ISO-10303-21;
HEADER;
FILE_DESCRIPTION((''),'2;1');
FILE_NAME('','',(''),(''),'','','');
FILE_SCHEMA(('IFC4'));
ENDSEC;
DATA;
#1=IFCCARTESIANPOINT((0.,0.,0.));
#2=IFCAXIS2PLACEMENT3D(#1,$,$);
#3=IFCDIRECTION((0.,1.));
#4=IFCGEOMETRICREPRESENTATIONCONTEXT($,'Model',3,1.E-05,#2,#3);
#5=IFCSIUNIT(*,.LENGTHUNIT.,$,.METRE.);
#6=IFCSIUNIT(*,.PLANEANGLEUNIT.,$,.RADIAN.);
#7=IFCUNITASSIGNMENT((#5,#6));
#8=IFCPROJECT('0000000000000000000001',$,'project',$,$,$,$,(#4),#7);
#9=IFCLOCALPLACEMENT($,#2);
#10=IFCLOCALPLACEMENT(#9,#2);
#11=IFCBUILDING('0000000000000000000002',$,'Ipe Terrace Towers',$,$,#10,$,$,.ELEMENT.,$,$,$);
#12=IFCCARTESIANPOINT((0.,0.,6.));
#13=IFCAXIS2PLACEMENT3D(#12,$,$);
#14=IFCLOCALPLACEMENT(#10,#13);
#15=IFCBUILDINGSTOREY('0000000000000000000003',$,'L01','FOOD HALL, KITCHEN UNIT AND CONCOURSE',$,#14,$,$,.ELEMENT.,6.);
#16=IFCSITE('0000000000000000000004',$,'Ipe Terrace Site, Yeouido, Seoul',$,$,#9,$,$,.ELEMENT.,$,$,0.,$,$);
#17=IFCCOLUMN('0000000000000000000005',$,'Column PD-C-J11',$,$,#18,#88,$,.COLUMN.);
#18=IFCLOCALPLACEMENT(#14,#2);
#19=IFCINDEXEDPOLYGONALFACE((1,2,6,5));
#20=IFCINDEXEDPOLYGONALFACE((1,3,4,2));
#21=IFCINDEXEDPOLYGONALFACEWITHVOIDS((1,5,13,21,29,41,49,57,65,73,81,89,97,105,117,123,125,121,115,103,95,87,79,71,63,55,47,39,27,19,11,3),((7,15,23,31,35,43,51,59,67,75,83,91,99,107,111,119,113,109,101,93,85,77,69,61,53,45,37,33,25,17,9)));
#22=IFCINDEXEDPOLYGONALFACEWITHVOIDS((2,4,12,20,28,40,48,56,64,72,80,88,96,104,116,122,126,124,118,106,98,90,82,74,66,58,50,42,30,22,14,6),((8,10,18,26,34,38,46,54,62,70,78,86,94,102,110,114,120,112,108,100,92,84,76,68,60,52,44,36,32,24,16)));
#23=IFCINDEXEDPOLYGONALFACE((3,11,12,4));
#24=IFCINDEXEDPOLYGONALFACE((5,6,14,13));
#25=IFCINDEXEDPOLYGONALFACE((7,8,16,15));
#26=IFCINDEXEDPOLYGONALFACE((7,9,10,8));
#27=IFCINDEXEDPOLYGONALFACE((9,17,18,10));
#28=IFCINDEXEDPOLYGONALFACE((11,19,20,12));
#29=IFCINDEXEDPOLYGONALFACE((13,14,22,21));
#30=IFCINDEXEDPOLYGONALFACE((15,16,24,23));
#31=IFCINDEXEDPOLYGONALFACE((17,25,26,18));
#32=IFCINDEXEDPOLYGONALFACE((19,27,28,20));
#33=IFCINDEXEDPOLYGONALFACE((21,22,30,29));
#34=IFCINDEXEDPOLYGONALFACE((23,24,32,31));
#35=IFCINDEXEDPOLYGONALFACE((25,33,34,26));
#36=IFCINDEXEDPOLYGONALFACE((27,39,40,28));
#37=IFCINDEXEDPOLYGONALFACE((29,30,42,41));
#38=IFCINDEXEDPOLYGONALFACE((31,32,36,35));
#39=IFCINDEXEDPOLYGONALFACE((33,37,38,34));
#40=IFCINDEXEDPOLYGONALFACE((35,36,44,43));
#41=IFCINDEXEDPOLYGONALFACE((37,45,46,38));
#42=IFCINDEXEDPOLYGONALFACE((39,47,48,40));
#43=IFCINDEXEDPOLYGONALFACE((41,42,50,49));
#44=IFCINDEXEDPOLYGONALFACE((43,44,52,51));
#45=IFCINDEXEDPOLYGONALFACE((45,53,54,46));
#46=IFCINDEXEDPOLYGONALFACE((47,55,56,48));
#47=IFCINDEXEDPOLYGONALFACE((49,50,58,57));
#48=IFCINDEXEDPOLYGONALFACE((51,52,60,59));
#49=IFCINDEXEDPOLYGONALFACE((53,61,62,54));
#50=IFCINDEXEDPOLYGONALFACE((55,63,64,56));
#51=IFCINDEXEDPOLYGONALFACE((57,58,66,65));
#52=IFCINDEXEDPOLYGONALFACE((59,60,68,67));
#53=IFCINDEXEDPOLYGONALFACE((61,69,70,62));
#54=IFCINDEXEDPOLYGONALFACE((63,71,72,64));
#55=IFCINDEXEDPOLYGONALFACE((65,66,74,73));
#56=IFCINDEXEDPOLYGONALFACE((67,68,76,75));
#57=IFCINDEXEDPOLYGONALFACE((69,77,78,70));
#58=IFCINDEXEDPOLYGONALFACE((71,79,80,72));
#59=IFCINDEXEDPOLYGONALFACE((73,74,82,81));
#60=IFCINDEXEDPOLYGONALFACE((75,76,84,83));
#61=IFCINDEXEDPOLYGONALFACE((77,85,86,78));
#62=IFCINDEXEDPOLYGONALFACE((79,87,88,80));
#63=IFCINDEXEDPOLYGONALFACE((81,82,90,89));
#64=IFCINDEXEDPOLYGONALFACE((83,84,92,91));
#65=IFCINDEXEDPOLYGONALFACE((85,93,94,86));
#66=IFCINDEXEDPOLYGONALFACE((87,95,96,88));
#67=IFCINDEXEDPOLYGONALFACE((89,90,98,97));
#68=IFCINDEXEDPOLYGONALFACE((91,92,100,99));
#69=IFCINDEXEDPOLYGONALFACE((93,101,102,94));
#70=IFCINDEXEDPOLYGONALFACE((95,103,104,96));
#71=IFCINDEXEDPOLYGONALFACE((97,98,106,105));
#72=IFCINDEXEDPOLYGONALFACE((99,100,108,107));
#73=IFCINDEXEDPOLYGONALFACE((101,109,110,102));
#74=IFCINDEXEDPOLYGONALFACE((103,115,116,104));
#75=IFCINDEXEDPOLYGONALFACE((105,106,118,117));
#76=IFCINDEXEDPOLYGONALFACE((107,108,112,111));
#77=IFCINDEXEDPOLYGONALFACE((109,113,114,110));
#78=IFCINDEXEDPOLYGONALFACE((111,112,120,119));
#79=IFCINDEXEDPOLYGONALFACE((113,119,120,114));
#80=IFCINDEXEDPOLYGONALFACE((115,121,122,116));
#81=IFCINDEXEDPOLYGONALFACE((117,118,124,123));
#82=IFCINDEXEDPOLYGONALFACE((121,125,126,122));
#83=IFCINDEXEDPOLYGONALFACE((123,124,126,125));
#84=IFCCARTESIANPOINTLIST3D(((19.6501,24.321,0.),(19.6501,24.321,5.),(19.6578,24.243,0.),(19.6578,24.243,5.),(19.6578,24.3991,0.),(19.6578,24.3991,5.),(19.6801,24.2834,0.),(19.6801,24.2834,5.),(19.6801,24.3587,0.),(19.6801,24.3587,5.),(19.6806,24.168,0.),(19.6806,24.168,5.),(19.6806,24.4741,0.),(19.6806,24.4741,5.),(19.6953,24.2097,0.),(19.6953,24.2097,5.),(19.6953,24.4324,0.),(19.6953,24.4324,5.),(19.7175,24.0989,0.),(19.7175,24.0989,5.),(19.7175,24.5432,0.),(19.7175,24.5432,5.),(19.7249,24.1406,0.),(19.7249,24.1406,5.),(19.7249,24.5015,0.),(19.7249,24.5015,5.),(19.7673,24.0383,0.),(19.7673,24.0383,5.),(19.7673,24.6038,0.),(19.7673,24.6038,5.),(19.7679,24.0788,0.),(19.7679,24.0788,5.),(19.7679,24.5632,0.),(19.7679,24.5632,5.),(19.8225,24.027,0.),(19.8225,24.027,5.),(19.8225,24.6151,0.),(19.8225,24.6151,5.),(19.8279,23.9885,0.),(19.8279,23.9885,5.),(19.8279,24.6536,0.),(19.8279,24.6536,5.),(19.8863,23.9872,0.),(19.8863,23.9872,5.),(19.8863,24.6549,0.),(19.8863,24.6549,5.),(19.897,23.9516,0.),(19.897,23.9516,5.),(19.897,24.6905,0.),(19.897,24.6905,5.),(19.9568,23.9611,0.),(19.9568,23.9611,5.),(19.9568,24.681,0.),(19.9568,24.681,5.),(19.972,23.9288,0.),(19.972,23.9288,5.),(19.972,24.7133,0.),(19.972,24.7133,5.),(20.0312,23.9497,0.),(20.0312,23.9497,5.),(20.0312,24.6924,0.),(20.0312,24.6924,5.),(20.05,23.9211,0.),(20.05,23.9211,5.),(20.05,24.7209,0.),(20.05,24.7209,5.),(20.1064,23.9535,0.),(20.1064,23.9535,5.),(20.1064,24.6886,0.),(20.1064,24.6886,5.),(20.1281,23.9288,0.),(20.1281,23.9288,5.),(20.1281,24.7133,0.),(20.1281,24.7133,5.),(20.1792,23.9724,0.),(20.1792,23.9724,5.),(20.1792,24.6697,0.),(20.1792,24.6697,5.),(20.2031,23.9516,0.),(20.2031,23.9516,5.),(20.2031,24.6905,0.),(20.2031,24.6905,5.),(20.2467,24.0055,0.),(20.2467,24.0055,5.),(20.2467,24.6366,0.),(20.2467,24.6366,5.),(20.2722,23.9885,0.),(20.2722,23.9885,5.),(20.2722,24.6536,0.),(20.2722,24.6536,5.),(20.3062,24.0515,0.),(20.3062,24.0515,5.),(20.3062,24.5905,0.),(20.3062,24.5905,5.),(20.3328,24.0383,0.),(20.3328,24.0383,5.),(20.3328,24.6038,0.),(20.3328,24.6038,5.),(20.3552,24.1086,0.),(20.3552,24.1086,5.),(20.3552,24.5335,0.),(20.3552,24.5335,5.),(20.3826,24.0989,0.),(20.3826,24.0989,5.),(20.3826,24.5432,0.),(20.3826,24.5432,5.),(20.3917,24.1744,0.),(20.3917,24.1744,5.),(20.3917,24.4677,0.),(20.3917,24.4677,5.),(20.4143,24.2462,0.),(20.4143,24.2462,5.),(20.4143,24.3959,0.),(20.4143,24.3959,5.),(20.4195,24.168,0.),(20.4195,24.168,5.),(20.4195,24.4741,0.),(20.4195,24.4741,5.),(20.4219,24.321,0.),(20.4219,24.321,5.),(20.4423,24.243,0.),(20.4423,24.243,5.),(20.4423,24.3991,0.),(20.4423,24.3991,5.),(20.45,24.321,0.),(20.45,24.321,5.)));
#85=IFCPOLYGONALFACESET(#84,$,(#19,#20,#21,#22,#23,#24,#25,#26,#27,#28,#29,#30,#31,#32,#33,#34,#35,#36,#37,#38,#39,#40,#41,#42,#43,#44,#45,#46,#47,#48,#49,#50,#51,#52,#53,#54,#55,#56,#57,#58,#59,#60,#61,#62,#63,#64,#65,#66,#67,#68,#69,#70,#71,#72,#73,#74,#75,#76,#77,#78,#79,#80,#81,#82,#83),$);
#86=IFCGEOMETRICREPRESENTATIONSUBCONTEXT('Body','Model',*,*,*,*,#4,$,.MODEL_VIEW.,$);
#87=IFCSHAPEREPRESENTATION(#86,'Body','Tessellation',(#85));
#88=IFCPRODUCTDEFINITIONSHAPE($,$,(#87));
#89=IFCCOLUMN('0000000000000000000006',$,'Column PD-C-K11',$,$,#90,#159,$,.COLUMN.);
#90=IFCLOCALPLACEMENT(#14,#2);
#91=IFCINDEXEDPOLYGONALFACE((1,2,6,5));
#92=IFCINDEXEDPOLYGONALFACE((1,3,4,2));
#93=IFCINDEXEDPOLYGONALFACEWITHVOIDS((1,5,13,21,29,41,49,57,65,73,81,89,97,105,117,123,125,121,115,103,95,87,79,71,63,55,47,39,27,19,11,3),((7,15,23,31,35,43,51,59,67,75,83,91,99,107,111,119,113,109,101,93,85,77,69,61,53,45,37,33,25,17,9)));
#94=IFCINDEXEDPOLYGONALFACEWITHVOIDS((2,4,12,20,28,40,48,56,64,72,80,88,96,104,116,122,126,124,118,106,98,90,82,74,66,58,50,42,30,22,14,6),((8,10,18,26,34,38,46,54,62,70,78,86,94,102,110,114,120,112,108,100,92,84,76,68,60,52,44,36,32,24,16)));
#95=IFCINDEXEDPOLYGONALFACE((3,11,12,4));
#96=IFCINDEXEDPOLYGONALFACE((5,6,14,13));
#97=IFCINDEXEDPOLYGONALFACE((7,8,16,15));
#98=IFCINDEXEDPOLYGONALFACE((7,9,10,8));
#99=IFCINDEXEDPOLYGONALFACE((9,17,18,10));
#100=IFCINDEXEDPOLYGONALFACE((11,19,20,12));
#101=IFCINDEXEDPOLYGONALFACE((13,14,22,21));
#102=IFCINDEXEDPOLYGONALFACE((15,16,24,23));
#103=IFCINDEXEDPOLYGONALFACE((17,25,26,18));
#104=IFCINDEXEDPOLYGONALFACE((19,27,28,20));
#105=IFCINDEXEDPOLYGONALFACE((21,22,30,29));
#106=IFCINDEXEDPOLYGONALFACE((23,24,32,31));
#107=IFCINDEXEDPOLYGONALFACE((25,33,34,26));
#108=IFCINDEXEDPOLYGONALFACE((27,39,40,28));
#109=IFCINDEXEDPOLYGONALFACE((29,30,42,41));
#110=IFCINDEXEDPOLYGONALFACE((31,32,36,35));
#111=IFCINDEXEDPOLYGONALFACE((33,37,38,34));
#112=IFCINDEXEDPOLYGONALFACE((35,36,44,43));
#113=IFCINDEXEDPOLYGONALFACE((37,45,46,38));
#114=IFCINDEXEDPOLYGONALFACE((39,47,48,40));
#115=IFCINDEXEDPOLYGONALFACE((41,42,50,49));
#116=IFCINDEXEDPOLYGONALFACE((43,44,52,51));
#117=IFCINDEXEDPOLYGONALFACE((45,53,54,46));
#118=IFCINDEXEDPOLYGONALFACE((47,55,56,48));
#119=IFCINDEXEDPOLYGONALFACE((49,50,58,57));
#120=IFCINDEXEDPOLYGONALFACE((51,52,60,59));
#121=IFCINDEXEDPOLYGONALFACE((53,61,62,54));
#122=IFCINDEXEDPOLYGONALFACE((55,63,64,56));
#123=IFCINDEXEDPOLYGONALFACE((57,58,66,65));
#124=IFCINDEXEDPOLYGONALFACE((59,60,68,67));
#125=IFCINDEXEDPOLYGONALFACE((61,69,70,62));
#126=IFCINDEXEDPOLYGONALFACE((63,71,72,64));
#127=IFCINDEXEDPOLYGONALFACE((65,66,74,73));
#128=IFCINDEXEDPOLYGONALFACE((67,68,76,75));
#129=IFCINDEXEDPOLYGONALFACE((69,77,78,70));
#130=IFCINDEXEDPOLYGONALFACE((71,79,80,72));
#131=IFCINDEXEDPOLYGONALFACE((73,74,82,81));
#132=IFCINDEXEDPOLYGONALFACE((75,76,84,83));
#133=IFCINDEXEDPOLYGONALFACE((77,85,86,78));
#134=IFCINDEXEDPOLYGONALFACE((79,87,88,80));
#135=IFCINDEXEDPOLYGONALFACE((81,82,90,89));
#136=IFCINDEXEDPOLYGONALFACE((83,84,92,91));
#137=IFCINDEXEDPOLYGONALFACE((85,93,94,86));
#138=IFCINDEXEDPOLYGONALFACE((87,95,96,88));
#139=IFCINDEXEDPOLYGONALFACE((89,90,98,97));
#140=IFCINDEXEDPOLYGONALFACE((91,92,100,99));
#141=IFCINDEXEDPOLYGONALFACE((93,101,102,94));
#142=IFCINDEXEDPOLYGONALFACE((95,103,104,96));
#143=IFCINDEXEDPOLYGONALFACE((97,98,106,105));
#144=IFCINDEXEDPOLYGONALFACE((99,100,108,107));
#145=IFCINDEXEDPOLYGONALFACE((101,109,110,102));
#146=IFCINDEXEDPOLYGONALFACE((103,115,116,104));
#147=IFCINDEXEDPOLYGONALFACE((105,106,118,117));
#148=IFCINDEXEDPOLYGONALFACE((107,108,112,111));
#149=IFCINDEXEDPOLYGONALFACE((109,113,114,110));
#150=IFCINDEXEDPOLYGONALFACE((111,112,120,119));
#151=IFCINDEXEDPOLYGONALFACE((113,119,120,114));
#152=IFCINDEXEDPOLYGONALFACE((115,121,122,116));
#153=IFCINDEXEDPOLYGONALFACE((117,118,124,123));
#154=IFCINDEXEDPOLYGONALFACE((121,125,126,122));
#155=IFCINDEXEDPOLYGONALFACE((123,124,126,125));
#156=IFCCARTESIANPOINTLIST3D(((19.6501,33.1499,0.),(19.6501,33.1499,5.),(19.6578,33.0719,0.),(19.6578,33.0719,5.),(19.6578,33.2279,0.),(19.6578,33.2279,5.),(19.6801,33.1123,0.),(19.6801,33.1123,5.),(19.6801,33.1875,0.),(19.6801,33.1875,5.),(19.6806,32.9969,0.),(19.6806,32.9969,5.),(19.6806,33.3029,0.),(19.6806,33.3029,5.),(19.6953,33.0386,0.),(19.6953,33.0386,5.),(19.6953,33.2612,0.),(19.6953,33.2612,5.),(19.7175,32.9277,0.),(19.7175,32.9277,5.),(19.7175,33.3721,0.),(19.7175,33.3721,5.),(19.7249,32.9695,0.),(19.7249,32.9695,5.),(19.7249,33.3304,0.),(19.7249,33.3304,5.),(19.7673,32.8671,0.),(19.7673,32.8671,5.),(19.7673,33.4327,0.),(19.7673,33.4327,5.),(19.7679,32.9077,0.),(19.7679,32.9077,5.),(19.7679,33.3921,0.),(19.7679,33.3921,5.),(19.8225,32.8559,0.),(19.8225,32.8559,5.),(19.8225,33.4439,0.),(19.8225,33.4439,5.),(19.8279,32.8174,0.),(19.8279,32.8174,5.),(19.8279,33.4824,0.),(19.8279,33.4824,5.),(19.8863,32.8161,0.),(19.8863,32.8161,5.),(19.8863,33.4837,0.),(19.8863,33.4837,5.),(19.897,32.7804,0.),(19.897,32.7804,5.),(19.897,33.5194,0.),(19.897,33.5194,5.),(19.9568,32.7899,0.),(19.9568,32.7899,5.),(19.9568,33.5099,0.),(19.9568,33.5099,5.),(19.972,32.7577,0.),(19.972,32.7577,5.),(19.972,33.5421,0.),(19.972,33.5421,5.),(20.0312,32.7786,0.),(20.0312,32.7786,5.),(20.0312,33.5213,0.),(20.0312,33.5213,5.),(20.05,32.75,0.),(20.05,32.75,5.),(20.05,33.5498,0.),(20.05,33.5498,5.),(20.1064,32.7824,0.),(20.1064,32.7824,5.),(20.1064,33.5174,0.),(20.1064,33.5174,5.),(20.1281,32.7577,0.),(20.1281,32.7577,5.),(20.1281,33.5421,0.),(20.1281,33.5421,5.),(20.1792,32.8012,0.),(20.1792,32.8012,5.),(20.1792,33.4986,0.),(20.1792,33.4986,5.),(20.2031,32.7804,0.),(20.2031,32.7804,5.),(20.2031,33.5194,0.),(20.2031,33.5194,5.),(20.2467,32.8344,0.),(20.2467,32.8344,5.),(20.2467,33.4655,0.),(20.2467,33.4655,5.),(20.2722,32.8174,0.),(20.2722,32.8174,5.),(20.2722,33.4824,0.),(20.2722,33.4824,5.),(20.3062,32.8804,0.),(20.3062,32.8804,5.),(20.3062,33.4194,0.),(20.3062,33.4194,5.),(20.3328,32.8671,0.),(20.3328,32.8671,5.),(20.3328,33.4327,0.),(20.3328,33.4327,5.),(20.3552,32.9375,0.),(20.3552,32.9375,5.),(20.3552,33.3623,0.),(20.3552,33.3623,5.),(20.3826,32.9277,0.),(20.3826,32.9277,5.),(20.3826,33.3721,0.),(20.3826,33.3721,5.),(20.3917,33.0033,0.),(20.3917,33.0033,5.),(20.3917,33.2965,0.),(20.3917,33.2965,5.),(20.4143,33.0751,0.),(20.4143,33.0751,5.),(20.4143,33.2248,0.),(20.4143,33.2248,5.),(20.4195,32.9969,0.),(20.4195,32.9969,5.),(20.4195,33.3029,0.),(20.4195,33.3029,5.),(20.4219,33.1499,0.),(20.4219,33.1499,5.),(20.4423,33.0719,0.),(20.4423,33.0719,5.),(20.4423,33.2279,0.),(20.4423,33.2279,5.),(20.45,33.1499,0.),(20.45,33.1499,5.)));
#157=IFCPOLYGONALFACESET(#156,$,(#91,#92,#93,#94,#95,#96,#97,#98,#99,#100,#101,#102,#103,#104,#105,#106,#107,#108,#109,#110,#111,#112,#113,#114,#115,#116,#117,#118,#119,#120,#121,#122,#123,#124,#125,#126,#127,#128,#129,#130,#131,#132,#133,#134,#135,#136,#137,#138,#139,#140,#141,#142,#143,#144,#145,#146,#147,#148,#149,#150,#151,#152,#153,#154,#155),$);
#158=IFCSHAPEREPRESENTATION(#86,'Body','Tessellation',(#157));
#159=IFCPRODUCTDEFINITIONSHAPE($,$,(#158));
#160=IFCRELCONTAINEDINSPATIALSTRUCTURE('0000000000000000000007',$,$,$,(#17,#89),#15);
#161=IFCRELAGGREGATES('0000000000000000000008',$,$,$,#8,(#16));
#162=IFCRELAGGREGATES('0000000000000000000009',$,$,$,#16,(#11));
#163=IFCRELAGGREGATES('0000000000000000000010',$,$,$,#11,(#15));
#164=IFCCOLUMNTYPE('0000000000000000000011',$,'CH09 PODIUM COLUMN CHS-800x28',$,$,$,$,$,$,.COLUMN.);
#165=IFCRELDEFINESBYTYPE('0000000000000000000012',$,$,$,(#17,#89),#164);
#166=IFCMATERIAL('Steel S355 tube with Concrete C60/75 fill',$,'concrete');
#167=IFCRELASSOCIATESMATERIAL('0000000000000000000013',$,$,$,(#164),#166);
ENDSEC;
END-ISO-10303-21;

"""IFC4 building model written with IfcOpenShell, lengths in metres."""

from ifc_helpers import new_model, si_unit, direction, frame, origin, origin_2d, place, context, subcontext, project, spatial, hollow_circle, extrude, material, material_profile, profile_set, type_object, element, save


model = new_model("IFC4")

# Units and contexts
model_context = context("Model", 3, precision=1e-05, world=origin(), true_north=direction((0.0, 1.0)))
body_context = subcontext(model_context, "Body", "Model", "MODEL_VIEW")
ifc_project = project(units=[si_unit("LENGTHUNIT", "METRE"), si_unit("PLANEANGLEUNIT", "RADIAN")], contexts=[model_context])

# Site, building, storey
site_placement = place(None, origin())
site = spatial("IfcSite", under=ifc_project, at=site_placement, Name="Ipe Terrace Site, Yeouido, Seoul", CompositionType="ELEMENT", RefElevation=0.0)
building_placement = place(site_placement, origin())
building = spatial("IfcBuilding", under=site, at=building_placement, Name="Ipe Terrace Towers", CompositionType="ELEMENT")
storey_placement = place(building_placement, frame((0.0, 0.0, 6.0)))
storey = spatial("IfcBuildingStorey", under=building, at=storey_placement, Name="L01", Description="FOOD HALL, KITCHEN UNIT AND CONCOURSE", CompositionType="ELEMENT", Elevation=6.0)

# Columns
ifc_material_1 = material(Name="Steel S355 tube with Concrete C60/75 fill", Category="concrete")
ifc_material_profile_1 = material_profile(ifc_material_1, hollow_circle(Radius=0.3999, WallThickness=0.0281, at=origin_2d()), Name="CHS-800x28")
ifc_profile_set_1 = profile_set([ifc_material_profile_1], Name="Steel S355 tube with Concrete C60/75 fill")
column_type_1 = type_object("IfcColumnType", Name="CH09 PODIUM COLUMN CHS-800x28", PredefinedType="COLUMN", material=ifc_profile_set_1)
for number, where, z_axis, x_axis, name in (
    (1, (20.05, 24.321, 0.0), (0.0, 0.0, 1.0), (1.0, 0.0, 0.0), "Column PD-C-J11"),
    (2, (20.05, 33.1499, 0.0), (0.0, 0.0, 1.0), (1.0, 0.0, 0.0), "Column PD-C-K11"),
):
    element("IfcColumn", number, at=place(storey_placement, frame(where, z_axis=z_axis, x_axis=x_axis)), inside=storey, type_object=column_type_1, Name=name, PredefinedType="COLUMN", context=body_context, shape_type="SweptSolid", body=[
        extrude(hollow_circle(Radius=0.3999, WallThickness=0.0281, at=origin_2d()), origin(), (0.0, 0.0, 1.0), 5.0),
    ])

save(model, "model.ifc")
